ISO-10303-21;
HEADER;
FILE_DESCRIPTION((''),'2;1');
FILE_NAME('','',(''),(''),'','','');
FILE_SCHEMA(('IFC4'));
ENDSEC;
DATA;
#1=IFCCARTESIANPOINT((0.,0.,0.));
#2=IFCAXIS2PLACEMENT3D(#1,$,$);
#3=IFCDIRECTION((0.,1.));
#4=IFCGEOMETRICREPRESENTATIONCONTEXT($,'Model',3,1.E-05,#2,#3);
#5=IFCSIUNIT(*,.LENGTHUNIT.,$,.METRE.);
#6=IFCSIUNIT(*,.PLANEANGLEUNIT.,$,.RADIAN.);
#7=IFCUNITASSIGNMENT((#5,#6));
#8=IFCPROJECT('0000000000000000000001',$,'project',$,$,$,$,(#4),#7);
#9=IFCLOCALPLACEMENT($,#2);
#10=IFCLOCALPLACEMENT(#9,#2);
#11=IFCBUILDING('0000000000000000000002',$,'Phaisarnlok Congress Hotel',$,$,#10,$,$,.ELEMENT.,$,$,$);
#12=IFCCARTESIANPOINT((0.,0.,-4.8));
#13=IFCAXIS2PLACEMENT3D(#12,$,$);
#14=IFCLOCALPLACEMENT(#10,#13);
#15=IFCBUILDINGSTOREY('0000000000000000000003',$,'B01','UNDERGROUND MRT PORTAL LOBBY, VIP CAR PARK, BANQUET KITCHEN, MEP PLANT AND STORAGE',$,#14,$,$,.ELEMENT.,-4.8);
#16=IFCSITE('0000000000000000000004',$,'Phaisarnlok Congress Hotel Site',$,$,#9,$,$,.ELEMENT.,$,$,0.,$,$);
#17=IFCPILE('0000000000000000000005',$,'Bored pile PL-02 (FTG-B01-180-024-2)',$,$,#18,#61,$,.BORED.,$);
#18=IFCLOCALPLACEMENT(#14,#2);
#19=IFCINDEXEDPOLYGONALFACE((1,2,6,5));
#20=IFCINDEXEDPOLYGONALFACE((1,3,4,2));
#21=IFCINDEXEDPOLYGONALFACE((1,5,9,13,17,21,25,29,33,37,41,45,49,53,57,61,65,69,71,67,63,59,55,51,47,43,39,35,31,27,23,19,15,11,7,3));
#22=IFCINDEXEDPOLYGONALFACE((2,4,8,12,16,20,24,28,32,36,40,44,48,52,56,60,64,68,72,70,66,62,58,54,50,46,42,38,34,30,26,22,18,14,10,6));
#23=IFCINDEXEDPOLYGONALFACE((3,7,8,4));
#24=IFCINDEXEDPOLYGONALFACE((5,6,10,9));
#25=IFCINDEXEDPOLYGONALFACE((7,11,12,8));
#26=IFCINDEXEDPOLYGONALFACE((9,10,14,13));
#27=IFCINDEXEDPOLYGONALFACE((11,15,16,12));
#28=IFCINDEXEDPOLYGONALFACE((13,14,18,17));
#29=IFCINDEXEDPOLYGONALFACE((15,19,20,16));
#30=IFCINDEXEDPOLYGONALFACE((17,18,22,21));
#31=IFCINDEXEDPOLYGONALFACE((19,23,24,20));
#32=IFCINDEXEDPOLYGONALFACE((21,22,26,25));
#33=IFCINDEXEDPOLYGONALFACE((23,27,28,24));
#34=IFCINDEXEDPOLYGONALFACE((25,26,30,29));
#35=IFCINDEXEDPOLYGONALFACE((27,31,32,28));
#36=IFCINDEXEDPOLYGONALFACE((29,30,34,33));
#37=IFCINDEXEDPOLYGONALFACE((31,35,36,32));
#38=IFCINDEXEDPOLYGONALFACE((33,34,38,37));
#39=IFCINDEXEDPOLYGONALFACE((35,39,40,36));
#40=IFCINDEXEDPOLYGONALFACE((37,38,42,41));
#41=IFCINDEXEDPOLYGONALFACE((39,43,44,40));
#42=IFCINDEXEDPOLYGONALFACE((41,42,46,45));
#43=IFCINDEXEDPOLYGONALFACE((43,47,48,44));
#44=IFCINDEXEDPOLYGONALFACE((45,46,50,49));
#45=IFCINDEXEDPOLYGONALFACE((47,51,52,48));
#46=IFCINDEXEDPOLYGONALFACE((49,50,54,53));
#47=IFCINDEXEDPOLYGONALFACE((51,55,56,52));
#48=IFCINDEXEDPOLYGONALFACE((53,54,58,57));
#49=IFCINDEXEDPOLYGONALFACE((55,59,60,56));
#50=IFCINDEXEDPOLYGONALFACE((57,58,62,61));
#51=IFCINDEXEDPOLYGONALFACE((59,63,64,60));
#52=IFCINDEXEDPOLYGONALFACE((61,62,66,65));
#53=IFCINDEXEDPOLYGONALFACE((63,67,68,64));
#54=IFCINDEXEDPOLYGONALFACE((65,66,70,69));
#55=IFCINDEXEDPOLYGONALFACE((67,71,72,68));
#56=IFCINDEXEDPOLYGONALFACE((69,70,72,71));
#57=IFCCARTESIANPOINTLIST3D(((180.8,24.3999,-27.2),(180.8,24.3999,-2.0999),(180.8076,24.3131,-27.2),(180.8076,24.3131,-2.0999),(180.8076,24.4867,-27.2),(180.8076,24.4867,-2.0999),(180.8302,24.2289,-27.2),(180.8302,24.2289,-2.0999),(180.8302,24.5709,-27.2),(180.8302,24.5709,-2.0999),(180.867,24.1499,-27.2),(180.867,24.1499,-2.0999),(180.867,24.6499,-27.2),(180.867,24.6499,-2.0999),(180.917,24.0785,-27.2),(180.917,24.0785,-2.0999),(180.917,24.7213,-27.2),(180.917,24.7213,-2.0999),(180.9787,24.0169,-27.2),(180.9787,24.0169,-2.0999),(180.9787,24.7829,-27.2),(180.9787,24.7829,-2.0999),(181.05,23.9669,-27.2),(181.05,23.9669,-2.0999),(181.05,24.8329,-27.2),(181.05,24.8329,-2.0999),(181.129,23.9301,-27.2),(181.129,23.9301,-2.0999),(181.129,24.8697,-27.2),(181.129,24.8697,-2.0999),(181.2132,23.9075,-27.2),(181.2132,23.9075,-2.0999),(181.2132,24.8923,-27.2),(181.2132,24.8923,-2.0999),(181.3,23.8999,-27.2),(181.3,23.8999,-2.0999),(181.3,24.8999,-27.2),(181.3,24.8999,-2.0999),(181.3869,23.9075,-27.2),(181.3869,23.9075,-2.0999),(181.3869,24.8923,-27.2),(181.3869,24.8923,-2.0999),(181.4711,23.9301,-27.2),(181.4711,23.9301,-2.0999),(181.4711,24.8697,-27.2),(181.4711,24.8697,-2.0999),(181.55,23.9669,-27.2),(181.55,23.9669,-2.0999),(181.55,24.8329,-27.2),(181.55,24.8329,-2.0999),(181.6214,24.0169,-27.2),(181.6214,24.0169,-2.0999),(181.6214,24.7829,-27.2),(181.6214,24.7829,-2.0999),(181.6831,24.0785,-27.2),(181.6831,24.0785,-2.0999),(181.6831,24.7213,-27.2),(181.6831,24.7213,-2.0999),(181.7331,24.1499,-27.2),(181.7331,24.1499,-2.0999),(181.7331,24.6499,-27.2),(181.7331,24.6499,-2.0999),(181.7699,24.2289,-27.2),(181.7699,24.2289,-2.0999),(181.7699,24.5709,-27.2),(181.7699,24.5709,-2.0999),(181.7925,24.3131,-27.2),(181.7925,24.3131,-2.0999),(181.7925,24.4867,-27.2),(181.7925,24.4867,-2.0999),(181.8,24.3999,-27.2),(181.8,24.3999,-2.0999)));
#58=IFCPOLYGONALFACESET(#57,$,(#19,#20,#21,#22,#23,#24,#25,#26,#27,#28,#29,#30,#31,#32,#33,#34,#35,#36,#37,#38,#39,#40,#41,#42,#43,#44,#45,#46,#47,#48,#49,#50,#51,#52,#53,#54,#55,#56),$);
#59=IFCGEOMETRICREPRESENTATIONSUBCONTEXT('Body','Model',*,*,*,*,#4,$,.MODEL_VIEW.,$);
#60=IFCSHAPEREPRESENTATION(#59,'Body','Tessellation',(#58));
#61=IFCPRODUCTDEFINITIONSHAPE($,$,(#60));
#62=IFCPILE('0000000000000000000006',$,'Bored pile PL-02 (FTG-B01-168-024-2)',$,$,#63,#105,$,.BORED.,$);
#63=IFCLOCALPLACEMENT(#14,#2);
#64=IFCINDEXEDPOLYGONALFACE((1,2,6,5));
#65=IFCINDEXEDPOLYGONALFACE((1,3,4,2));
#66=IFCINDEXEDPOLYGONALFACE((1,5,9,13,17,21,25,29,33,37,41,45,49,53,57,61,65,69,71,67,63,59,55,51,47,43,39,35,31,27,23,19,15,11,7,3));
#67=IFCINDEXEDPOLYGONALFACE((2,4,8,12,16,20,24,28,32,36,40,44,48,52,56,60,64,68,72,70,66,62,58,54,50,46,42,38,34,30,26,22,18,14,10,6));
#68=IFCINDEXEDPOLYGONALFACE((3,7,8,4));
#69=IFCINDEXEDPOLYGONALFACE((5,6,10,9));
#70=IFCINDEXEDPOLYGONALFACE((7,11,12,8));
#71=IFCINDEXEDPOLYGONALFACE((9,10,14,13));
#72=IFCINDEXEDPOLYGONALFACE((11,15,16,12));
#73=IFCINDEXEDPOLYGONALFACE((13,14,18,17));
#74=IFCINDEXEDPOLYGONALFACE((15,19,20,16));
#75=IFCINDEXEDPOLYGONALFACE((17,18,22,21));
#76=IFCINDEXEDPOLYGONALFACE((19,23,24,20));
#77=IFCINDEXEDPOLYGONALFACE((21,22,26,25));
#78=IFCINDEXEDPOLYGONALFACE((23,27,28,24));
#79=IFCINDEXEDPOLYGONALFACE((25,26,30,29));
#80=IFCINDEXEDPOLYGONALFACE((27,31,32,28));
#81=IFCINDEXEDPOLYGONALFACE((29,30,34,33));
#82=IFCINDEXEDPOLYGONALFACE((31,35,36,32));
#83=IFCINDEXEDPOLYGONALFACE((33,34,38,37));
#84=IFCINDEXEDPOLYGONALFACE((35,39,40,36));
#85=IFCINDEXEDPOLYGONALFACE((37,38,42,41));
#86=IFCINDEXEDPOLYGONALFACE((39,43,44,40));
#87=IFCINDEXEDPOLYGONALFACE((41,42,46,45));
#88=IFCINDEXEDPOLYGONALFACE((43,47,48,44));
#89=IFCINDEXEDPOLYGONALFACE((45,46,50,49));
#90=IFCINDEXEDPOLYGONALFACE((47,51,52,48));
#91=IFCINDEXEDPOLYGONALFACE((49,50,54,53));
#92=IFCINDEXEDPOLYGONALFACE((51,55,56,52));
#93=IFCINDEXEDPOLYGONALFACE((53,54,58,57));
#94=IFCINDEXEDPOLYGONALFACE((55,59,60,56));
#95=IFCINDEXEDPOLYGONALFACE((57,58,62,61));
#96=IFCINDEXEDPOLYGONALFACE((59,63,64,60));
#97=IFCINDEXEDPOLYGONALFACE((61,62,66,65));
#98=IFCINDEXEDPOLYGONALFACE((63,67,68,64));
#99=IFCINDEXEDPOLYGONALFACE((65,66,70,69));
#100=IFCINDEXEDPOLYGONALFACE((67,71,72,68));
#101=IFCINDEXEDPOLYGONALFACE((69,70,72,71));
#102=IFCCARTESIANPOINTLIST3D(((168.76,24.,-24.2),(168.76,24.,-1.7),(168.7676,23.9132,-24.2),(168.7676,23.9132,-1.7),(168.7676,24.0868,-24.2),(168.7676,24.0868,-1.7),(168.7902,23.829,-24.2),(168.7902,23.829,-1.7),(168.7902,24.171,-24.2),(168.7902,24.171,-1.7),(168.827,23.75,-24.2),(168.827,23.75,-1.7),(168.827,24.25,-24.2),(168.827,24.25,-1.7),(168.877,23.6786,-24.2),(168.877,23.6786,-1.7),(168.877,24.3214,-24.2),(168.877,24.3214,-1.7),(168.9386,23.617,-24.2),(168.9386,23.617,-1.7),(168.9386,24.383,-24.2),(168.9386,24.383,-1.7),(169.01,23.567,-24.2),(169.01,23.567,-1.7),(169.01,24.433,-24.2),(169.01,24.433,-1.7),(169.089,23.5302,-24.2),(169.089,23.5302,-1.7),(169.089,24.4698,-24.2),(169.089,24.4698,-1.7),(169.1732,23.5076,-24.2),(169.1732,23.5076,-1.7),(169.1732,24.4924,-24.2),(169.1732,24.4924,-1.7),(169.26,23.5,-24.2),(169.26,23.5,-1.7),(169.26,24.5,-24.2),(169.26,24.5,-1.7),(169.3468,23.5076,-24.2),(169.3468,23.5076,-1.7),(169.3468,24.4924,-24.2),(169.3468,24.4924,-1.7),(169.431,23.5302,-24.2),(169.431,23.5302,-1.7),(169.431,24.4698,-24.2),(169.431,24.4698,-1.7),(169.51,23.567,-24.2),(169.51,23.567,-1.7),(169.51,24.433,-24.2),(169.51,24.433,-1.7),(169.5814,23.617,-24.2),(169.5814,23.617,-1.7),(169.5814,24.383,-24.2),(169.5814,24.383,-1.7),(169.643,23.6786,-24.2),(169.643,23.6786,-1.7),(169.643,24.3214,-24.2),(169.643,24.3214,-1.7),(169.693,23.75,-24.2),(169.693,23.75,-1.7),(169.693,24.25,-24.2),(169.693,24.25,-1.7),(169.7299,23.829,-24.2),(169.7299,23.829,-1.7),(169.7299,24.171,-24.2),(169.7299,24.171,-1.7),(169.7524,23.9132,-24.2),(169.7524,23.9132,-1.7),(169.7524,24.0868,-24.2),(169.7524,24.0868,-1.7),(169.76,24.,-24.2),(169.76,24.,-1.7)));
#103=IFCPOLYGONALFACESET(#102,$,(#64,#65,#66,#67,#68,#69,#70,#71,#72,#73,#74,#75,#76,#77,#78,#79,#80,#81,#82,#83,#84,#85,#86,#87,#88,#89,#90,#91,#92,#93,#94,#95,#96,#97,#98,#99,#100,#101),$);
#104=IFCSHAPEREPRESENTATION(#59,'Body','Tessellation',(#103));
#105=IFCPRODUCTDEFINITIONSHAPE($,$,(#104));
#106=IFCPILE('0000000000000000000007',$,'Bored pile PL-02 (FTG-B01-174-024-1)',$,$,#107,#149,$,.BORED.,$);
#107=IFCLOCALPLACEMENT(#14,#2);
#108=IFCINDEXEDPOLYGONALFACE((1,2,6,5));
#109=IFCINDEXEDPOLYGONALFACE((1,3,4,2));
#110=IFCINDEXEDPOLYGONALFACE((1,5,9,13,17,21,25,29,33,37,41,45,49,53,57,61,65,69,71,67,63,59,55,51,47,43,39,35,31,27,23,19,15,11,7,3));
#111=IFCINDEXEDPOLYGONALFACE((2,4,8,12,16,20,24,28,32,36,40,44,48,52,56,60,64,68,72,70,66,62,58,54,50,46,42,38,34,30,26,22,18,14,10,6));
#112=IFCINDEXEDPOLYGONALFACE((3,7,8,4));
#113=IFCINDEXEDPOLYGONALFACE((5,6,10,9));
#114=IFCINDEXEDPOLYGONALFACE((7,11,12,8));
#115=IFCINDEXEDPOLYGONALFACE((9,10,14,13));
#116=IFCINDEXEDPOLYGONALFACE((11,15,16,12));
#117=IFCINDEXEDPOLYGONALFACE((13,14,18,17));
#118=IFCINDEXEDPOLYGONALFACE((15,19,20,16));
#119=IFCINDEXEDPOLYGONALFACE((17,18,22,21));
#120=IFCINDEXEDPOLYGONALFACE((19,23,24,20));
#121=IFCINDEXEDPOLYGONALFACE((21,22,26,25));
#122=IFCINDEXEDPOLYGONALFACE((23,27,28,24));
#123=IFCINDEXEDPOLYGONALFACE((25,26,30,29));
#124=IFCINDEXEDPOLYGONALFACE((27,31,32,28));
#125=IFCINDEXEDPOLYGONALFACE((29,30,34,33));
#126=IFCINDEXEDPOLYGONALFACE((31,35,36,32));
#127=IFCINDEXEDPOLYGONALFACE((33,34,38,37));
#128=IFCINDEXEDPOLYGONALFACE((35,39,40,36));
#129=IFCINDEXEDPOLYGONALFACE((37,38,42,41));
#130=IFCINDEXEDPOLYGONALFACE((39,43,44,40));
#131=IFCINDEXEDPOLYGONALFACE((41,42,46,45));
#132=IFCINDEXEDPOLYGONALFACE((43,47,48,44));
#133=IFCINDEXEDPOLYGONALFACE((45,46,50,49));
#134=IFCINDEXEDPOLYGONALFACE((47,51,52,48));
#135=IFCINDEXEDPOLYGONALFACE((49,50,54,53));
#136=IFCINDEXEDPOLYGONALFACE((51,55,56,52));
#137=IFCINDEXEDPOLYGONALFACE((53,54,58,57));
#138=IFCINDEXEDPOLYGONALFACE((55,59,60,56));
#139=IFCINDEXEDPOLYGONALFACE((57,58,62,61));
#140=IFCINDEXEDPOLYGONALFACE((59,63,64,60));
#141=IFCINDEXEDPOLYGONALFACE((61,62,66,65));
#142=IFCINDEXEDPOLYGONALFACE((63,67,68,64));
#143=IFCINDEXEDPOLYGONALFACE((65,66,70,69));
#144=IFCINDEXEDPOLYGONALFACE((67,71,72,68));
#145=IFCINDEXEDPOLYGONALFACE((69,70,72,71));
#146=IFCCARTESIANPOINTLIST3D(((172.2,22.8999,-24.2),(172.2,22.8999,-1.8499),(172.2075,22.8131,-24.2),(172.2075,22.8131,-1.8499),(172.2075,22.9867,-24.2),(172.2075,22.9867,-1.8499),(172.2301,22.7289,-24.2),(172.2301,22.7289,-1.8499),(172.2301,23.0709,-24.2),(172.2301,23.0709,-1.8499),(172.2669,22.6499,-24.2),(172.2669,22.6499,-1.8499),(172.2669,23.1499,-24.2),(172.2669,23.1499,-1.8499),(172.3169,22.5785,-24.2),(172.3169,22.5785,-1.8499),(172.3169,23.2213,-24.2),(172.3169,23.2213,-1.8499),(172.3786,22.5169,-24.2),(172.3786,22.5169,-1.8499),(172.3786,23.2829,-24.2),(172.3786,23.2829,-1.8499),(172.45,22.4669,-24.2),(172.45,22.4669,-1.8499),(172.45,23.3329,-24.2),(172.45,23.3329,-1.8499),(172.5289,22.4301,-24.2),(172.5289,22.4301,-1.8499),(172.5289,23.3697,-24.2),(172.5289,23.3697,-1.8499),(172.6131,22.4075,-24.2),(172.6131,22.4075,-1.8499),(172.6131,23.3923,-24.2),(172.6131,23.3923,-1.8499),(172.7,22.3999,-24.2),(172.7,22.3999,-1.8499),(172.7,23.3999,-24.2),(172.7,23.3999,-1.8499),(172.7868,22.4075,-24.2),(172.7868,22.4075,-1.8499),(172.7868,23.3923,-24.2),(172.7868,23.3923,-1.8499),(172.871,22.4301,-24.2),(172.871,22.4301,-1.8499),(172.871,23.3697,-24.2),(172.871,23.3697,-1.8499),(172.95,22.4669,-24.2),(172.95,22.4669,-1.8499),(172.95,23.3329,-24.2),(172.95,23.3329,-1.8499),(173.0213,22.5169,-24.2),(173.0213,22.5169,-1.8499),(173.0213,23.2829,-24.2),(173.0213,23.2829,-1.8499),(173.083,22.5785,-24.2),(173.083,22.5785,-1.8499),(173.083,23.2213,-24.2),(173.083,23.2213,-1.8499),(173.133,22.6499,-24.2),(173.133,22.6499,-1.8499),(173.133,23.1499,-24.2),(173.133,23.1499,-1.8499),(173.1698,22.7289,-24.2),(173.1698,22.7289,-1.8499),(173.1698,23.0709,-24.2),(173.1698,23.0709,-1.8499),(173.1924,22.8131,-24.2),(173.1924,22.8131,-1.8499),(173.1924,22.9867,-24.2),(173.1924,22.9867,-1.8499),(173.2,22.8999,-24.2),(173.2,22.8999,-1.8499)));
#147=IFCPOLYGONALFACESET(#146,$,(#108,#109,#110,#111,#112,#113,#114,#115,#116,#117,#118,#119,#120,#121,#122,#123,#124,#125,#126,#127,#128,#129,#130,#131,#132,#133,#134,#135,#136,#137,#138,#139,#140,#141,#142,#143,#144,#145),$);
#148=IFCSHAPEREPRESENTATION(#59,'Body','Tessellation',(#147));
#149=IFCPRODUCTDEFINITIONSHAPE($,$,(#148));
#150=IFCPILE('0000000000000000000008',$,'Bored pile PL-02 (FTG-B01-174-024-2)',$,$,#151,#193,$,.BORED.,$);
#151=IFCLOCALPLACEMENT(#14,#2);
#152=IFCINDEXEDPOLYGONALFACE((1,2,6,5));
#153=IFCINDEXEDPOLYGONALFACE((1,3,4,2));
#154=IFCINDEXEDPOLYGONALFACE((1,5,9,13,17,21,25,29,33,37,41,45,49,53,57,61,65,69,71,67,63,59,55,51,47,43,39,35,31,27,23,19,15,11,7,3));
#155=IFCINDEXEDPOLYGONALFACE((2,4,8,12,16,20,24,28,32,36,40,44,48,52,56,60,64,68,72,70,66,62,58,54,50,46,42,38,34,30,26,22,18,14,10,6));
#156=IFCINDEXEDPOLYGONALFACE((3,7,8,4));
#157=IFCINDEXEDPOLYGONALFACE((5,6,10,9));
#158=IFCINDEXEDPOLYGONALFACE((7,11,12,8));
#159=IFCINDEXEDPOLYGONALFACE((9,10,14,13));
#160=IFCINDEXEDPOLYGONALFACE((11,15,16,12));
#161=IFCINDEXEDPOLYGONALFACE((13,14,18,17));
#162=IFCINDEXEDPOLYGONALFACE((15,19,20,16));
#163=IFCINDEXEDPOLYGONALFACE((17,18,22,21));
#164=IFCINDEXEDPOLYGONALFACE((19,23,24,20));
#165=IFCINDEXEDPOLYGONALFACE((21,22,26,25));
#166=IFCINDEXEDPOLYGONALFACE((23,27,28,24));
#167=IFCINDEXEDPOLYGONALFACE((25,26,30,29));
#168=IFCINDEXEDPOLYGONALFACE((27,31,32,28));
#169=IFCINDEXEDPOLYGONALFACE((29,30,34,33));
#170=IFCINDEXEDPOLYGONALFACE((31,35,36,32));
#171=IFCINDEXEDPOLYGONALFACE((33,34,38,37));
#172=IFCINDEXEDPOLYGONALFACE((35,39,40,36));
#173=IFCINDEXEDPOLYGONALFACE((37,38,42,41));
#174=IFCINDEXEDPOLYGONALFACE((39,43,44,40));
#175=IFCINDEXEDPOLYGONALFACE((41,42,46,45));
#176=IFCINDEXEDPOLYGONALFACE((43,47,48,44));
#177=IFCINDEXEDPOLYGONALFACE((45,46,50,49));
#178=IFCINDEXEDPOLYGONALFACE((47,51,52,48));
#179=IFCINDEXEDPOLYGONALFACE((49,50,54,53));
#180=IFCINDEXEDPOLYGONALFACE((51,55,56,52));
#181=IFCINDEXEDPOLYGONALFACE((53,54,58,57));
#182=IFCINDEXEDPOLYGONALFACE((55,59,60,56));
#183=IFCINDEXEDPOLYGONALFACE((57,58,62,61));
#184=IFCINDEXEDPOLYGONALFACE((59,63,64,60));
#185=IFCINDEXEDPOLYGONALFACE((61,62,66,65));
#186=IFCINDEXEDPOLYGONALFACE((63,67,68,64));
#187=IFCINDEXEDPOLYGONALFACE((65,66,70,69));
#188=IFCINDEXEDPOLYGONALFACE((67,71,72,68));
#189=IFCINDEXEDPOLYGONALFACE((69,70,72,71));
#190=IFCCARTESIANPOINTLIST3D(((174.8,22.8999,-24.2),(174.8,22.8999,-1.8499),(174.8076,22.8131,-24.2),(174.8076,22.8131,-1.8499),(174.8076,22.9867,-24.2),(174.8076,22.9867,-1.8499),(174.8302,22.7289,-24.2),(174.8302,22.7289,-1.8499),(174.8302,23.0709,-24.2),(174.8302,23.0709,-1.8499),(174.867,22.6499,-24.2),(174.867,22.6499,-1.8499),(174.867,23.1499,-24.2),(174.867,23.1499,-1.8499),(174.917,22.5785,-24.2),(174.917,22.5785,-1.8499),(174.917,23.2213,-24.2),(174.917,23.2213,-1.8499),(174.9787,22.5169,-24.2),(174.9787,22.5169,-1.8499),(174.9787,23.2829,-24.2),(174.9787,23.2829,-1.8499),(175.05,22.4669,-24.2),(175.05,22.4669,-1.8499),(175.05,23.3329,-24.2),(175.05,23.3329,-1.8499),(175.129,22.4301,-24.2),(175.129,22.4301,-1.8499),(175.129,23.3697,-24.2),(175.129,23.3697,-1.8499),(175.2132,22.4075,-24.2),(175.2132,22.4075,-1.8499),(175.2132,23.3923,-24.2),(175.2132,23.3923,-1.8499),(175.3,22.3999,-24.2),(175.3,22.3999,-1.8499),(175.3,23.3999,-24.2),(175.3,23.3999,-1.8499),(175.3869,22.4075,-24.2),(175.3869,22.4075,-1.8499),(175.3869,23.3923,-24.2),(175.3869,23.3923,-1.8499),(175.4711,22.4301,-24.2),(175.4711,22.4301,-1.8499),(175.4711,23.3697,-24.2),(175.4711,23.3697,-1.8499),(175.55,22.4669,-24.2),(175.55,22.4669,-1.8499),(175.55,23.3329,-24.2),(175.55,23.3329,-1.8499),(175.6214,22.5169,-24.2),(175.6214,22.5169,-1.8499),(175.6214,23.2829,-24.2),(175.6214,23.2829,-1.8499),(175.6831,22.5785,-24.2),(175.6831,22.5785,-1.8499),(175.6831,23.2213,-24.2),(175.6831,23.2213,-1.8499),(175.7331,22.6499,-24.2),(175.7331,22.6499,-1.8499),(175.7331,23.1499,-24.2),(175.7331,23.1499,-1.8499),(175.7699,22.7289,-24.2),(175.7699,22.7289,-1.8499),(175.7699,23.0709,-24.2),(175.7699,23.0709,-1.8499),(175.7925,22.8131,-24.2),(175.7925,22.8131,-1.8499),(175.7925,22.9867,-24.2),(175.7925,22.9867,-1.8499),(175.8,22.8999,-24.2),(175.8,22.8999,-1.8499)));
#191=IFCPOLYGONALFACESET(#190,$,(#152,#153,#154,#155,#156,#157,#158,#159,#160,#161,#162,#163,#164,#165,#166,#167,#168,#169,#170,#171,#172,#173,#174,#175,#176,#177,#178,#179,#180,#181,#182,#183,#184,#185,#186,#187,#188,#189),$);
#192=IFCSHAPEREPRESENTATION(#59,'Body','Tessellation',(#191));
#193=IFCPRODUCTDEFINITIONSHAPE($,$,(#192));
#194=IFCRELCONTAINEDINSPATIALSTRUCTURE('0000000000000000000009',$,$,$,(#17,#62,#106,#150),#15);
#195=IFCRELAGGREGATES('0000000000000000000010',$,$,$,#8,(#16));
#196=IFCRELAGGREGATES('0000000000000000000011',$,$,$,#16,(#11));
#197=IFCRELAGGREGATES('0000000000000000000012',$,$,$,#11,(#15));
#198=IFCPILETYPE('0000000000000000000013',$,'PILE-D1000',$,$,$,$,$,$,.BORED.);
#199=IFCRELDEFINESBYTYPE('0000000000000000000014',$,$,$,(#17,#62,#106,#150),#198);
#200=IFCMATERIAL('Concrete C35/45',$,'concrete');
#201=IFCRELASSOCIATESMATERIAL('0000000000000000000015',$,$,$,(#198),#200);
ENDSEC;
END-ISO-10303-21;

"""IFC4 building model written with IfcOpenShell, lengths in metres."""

from ifc_helpers import new_model, si_unit, direction, frame, origin, origin_2d, place, context, subcontext, project, spatial, circle, extrude, material, material_profile, profile_set, type_object, element, save


model = new_model("IFC4")

# Units and contexts
model_context = context("Model", 3, precision=1e-05, world=origin(), true_north=direction((0.0, 1.0)))
body_context = subcontext(model_context, "Body", "Model", "MODEL_VIEW")
ifc_project = project(units=[si_unit("LENGTHUNIT", "METRE"), si_unit("PLANEANGLEUNIT", "RADIAN")], contexts=[model_context])

# Site, building, storey
site_placement = place(None, origin())
site = spatial("IfcSite", under=ifc_project, at=site_placement, Name="Phaisarnlok Congress Hotel Site", CompositionType="ELEMENT", RefElevation=0.0)
building_placement = place(site_placement, origin())
building = spatial("IfcBuilding", under=site, at=building_placement, Name="Phaisarnlok Congress Hotel", CompositionType="ELEMENT")
storey_placement = place(building_placement, frame((0.0, 0.0, -4.8)))
storey = spatial("IfcBuildingStorey", under=building, at=storey_placement, Name="B01", Description="UNDERGROUND MRT PORTAL LOBBY, VIP CAR PARK, BANQUET KITCHEN, MEP PLANT AND STORAGE", CompositionType="ELEMENT", Elevation=-4.8)

# Piles
ifc_material_1 = material(Name="Concrete C35/45", Category="concrete")
ifc_material_profile_1 = material_profile(ifc_material_1, circle(Radius=0.5, at=origin_2d()), Name="BORED PILE D1000")
ifc_profile_set_1 = profile_set([ifc_material_profile_1], Name="Concrete C35/45")
pile_type_1 = type_object("IfcPileType", Name="PILE-D1000", PredefinedType="BORED", material=ifc_profile_set_1)
for number, where, z_axis, x_axis, name in (
    (1, (181.3, 24.3999, -2.0999), (0.0, 0.0, -1.0), (1.0, 0.0, 0.0), "Bored pile PL-02 (FTG-B01-180-024-2)"),
):
    element("IfcPile", number, at=place(storey_placement, frame(where, z_axis=z_axis, x_axis=x_axis)), inside=storey, type_object=pile_type_1, Name=name, PredefinedType="BORED", context=body_context, shape_type="SweptSolid", body=[
        extrude(circle(Radius=0.5, at=origin_2d()), origin(), (0.0, 0.0, 1.0), 25.1001),
    ])
pile_1_placement = place(storey_placement, frame((169.26, 24.0, -1.7), z_axis=(0.0, 0.0, -1.0), x_axis=(1.0, 0.0, 0.0)))
element("IfcPile", 2, at=pile_1_placement, inside=storey, type_object=pile_type_1, Name="Bored pile PL-02 (FTG-B01-168-024-2)", PredefinedType="BORED", context=body_context, shape_type="SweptSolid", body=[
    extrude(circle(Radius=0.5, at=origin_2d()), origin(), (0.0, 0.0, 1.0), 22.5),
])
for number, where, z_axis, x_axis, name in (
    (3, (172.7, 22.8999, -1.8499), (0.0, 0.0, -1.0), (1.0, 0.0, 0.0), "Bored pile PL-02 (FTG-B01-174-024-1)"),
    (4, (175.3, 22.8999, -1.8499), (0.0, 0.0, -1.0), (1.0, 0.0, 0.0), "Bored pile PL-02 (FTG-B01-174-024-2)"),
):
    element("IfcPile", number, at=place(storey_placement, frame(where, z_axis=z_axis, x_axis=x_axis)), inside=storey, type_object=pile_type_1, Name=name, PredefinedType="BORED", context=body_context, shape_type="SweptSolid", body=[
        extrude(circle(Radius=0.5, at=origin_2d()), origin(), (0.0, 0.0, 1.0), 22.3501),
    ])

save(model, "model.ifc")
